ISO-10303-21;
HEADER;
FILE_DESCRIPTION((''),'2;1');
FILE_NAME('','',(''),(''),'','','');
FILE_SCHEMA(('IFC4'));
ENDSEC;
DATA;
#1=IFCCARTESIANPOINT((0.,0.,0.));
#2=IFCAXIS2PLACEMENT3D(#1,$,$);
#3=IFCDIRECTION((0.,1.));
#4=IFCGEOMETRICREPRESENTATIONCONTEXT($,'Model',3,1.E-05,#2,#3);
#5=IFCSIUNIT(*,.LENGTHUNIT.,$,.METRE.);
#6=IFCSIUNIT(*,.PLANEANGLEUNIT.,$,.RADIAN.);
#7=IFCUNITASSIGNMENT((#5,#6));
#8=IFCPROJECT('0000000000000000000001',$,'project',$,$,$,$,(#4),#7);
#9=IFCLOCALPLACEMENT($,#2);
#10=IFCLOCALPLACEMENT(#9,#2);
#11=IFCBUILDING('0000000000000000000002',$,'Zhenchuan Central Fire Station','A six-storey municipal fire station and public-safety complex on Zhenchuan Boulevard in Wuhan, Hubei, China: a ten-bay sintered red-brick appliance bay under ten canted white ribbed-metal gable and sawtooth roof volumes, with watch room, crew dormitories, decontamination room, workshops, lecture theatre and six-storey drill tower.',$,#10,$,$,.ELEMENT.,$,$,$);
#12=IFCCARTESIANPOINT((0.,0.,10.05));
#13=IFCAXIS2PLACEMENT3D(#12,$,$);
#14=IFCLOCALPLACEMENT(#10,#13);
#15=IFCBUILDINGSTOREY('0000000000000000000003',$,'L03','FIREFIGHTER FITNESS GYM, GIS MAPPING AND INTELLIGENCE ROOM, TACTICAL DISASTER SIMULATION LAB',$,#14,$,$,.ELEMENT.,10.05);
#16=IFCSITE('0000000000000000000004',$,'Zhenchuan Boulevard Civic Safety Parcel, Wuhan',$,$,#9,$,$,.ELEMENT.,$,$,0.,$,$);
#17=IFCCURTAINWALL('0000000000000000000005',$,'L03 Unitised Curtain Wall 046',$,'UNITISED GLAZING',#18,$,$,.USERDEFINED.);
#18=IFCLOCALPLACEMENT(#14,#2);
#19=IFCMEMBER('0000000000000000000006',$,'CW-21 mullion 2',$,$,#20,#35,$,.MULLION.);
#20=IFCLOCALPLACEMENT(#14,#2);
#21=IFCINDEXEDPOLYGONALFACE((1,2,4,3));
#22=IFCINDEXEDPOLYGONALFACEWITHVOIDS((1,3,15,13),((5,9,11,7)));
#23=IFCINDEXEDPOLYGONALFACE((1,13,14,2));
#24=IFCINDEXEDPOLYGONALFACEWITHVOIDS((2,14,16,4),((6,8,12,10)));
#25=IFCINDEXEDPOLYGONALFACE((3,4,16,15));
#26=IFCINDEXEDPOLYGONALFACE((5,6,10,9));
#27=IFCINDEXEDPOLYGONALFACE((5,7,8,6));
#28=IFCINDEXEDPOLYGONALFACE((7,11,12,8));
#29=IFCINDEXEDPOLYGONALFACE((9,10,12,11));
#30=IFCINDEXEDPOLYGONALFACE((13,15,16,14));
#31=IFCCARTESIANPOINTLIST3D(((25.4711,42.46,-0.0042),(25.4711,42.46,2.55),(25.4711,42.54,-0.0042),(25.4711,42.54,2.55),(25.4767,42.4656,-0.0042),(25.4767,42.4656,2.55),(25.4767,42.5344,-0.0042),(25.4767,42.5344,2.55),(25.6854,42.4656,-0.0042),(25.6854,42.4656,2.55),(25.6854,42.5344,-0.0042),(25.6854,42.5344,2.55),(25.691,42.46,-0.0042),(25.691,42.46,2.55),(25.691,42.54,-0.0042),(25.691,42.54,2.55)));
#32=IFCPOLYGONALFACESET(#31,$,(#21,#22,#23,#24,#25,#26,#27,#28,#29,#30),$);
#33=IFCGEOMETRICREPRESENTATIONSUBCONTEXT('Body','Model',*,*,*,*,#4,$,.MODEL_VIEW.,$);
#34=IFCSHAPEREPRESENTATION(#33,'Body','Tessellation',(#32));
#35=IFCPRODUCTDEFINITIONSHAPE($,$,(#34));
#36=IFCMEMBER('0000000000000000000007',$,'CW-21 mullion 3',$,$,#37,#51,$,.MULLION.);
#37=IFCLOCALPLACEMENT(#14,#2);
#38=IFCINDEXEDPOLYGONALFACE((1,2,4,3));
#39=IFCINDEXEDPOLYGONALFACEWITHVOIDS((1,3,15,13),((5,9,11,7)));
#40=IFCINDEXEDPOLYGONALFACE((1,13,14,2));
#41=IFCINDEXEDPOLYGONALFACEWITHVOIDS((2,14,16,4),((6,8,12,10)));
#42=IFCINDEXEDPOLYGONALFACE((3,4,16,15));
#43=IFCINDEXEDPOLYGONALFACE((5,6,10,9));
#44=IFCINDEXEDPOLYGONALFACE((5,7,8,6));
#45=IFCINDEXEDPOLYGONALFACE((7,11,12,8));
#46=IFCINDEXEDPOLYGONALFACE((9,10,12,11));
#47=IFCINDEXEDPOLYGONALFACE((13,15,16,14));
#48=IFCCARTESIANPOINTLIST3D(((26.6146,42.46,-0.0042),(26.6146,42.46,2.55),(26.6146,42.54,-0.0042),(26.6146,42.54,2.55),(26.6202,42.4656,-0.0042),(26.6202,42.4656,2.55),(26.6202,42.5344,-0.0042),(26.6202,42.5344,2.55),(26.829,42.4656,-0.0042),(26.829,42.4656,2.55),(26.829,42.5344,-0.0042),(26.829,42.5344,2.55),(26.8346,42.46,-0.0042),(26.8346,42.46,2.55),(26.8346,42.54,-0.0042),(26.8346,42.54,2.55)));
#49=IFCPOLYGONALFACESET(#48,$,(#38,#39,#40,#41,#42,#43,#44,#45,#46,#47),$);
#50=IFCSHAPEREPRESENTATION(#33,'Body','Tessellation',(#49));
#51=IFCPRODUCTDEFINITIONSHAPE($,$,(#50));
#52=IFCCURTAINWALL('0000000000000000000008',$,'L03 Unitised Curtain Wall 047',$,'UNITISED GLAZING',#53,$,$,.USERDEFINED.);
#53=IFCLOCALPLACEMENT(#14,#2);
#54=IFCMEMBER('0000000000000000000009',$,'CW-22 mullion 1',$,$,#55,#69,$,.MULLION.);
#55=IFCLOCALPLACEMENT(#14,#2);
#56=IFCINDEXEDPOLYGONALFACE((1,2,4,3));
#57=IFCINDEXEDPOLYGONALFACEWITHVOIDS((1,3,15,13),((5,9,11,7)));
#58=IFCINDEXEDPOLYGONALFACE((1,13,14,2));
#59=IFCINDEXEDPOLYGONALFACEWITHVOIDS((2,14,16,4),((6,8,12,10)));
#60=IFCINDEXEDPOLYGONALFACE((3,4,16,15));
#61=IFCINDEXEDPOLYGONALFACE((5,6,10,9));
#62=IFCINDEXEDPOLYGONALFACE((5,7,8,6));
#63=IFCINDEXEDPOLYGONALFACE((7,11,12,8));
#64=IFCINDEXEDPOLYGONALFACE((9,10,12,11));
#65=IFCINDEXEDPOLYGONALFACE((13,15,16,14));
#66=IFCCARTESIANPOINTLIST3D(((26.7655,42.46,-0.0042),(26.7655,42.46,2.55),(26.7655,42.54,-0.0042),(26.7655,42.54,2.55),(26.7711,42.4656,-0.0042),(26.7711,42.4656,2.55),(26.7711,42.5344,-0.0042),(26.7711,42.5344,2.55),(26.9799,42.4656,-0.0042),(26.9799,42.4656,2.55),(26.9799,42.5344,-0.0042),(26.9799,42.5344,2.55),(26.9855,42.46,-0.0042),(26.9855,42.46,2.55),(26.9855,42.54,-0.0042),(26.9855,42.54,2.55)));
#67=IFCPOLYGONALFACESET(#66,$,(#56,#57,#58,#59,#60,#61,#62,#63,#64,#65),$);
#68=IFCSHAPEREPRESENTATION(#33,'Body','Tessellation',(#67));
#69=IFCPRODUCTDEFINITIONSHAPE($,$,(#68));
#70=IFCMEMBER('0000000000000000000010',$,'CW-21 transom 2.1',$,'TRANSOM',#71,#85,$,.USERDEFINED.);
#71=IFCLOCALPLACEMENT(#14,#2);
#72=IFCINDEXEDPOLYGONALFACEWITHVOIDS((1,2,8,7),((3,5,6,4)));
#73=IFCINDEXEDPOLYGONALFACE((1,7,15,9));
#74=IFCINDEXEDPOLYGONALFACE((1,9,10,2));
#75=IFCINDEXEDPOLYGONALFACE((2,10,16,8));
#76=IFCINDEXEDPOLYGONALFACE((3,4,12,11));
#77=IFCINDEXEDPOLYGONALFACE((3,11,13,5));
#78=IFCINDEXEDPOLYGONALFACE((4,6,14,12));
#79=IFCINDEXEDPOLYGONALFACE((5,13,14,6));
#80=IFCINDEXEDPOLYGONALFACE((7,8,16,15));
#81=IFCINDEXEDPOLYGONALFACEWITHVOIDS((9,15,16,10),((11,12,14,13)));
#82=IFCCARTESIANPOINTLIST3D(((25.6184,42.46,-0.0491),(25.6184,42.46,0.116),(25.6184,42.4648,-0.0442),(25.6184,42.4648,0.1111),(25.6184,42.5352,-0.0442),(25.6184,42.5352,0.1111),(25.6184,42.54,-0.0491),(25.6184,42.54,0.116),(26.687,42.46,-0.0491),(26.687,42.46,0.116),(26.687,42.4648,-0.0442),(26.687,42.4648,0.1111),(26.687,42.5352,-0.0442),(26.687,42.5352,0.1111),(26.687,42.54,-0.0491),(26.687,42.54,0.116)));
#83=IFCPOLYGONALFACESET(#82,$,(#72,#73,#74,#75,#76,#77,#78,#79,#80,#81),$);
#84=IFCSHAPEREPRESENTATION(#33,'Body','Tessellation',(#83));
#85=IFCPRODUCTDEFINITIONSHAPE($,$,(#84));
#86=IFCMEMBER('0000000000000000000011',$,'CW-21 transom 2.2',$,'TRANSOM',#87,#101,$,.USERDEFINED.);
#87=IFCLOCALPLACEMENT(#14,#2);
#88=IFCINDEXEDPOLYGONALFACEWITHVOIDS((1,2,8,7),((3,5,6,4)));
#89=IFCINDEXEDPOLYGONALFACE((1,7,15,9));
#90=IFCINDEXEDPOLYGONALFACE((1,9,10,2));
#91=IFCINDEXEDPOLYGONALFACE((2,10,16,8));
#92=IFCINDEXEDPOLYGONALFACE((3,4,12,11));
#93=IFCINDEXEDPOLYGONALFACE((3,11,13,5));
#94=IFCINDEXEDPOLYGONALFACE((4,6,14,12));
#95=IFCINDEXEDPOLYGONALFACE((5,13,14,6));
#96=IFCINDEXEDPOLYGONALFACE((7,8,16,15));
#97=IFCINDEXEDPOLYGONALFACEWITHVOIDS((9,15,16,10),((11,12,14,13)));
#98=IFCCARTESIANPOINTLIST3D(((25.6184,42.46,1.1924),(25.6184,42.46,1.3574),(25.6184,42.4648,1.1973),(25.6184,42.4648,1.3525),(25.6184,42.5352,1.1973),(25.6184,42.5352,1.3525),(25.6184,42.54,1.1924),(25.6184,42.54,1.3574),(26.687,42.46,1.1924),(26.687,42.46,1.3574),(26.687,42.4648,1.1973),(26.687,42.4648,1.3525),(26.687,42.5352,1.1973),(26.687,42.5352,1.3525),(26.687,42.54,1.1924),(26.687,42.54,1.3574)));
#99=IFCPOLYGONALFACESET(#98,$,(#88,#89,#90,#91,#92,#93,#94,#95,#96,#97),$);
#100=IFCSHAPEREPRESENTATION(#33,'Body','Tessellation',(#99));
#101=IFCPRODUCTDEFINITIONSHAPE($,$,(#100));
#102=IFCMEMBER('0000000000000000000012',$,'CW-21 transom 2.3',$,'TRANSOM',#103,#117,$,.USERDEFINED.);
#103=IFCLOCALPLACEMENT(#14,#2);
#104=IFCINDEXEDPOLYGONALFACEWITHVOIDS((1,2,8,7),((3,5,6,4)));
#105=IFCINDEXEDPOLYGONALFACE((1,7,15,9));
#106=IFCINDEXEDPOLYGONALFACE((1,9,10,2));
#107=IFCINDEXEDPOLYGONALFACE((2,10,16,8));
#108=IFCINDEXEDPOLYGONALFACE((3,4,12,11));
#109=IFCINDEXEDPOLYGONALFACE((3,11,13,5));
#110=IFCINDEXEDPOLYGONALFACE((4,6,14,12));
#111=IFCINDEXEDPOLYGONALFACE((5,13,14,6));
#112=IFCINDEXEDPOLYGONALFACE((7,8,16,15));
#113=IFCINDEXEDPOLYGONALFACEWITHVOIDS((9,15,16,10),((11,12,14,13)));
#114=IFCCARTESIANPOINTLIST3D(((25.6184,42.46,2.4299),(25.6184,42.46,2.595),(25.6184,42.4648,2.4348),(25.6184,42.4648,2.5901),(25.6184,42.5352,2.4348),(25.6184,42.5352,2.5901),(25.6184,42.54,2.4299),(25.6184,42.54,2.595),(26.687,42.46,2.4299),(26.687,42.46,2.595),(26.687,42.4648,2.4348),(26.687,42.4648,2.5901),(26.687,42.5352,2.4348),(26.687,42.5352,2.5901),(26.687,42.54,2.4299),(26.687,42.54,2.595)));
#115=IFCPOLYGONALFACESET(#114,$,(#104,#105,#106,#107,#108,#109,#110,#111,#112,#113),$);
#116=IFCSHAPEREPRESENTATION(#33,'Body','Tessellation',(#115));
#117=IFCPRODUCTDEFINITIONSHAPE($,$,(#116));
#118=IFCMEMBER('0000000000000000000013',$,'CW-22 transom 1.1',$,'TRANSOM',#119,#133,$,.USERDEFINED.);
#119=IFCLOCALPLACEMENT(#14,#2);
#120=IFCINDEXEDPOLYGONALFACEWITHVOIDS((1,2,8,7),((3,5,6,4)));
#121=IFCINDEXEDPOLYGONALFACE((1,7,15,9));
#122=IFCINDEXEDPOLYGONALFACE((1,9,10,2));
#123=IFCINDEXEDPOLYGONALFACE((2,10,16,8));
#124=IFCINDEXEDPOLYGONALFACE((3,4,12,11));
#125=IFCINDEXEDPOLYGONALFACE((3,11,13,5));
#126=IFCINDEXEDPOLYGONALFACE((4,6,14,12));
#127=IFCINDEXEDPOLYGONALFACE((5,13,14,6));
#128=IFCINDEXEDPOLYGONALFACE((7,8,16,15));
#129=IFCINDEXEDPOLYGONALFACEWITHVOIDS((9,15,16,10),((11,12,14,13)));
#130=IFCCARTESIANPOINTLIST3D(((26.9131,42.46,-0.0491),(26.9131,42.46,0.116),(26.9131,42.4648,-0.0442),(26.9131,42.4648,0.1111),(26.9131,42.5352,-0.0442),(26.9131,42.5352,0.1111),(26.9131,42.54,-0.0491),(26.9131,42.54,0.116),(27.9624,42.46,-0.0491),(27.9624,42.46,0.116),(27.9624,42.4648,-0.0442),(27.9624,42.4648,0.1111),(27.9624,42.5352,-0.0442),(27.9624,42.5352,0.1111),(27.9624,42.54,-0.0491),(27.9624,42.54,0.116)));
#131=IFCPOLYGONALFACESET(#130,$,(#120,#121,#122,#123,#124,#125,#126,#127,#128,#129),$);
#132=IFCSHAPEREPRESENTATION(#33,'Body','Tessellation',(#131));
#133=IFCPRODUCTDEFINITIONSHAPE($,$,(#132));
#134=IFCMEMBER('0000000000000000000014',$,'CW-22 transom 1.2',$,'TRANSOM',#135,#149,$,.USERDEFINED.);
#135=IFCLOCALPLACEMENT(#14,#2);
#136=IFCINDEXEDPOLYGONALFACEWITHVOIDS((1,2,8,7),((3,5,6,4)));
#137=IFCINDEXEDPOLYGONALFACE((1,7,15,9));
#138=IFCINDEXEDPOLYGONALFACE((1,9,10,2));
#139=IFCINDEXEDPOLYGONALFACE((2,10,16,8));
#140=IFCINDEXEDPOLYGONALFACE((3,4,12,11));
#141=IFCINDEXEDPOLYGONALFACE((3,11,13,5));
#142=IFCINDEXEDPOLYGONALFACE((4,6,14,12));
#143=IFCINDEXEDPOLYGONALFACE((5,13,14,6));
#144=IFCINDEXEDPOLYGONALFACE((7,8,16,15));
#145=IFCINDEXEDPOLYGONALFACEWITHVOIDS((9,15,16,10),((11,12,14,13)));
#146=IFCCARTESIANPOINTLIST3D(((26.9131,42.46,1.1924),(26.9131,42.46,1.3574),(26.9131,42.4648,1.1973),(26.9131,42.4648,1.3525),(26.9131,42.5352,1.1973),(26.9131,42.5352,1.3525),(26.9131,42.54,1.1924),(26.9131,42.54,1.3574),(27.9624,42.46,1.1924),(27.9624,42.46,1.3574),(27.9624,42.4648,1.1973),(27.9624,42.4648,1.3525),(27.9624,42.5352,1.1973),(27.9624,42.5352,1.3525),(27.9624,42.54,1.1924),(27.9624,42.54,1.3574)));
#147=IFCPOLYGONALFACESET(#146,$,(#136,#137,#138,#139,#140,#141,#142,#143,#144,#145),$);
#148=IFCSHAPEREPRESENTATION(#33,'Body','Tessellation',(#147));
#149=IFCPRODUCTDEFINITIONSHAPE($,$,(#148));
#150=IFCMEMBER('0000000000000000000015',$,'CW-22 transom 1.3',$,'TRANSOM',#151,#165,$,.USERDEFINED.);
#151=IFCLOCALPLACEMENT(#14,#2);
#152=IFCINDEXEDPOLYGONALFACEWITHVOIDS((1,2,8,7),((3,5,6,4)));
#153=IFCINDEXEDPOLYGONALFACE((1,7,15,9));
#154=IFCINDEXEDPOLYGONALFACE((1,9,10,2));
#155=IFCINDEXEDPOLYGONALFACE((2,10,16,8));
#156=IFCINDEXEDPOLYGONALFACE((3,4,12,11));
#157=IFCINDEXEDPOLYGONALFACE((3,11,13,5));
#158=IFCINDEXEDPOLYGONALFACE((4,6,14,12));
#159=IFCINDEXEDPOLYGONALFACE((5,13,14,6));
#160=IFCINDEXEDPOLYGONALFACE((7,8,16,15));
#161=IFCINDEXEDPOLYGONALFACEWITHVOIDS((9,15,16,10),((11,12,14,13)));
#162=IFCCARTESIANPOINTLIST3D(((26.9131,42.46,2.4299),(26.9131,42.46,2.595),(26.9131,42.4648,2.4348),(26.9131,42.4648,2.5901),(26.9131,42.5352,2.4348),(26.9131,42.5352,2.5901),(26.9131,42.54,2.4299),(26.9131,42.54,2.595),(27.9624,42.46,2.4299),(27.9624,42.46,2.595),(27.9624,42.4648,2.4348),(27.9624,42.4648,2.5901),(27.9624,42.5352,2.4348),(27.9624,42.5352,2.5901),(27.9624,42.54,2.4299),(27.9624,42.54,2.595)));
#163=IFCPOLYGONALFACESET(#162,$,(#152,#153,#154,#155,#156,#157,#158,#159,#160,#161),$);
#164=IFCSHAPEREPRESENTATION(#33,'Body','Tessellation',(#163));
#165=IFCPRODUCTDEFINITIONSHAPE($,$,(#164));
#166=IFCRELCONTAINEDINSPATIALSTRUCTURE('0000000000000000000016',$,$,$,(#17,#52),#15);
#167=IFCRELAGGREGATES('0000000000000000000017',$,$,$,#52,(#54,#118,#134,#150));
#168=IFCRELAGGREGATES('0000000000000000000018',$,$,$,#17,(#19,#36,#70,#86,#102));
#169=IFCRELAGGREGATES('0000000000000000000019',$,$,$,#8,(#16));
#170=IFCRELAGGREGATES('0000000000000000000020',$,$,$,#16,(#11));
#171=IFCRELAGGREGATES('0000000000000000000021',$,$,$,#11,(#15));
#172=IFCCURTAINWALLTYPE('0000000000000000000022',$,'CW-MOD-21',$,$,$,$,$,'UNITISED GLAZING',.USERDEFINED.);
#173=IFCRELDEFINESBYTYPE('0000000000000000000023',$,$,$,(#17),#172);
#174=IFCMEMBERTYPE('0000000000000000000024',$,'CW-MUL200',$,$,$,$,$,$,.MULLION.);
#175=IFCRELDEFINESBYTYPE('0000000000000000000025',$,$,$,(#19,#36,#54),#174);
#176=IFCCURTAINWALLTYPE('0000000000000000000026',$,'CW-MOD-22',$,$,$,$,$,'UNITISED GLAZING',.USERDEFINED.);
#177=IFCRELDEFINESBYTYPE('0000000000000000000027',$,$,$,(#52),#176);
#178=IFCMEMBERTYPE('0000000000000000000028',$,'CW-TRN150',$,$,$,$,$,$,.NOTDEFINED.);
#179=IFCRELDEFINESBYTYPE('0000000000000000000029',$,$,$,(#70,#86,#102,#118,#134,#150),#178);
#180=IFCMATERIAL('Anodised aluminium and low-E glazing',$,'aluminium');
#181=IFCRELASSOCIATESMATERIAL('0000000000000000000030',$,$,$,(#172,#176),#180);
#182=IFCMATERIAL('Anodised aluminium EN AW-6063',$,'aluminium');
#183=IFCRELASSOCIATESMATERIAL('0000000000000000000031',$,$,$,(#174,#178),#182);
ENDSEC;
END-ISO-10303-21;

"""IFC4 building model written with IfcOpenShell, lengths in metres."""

from ifc_helpers import new_model, si_unit, direction, frame, origin, origin_2d, place, context, subcontext, project, spatial, hollow_rectangle, extrude, material, material_profile, profile_set, type_object, element, aggregate, save


model = new_model("IFC4")

# Units and contexts
model_context = context("Model", 3, precision=1e-05, world=origin(), true_north=direction((0.0, 1.0)))
body_context = subcontext(model_context, "Body", "Model", "MODEL_VIEW")
ifc_project = project(units=[si_unit("LENGTHUNIT", "METRE"), si_unit("PLANEANGLEUNIT", "RADIAN")], contexts=[model_context])

# Site, building, storey
site_placement = place(None, origin())
site = spatial("IfcSite", under=ifc_project, at=site_placement, Name="Zhenchuan Boulevard Civic Safety Parcel, Wuhan", CompositionType="ELEMENT", RefElevation=0.0)
building_placement = place(site_placement, origin())
building = spatial("IfcBuilding", under=site, at=building_placement, Name="Zhenchuan Central Fire Station", Description="A six-storey municipal fire station and public-safety complex on Zhenchuan Boulevard in Wuhan, Hubei, China: a ten-bay sintered red-brick appliance bay under ten canted white ribbed-metal gable and sawtooth roof volumes, with watch room, crew dormitories, decontamination room, workshops, lecture theatre and six-storey drill tower.", CompositionType="ELEMENT")
storey_placement = place(building_placement, frame((0.0, 0.0, 10.05)))
storey = spatial("IfcBuildingStorey", under=building, at=storey_placement, Name="L03", Description="FIREFIGHTER FITNESS GYM, GIS MAPPING AND INTELLIGENCE ROOM, TACTICAL DISASTER SIMULATION LAB", CompositionType="ELEMENT", Elevation=10.05)

# Curtain wall, members
ifc_material_1 = material(Name="Anodised aluminium and low-E glazing", Category="aluminium")
curtain_wall_type_1 = type_object("IfcCurtainWallType", Name="CW-MOD-21", ElementType="UNITISED GLAZING", PredefinedType="USERDEFINED", material=ifc_material_1)
curtain_wall_1_placement = place(storey_placement, origin())
curtain_wall_1 = element("IfcCurtainWall", 1, at=curtain_wall_1_placement, inside=storey, type_object=curtain_wall_type_1, Name="L03 Unitised Curtain Wall 046", ObjectType="UNITISED GLAZING", PredefinedType="USERDEFINED")
ifc_material_2 = material(Name="Anodised aluminium EN AW-6063", Category="aluminium")
ifc_material_profile_1 = material_profile(ifc_material_2, hollow_rectangle(XDim=0.0801, YDim=0.22, WallThickness=0.0056, at=origin_2d()), Name="ALU-M 220x80")
ifc_profile_set_1 = profile_set([ifc_material_profile_1], Name="Anodised aluminium EN AW-6063")
member_type_1 = type_object("IfcMemberType", Name="CW-MUL200", PredefinedType="MULLION", material=ifc_profile_set_1)
member_1_placement = place(storey_placement, frame((25.5811, 42.5, -0.0042), z_axis=(0.0, 0.0, 1.0), x_axis=(0.0, 1.0, 0.0)))
member_1 = element("IfcMember", 2, at=member_1_placement, type_object=member_type_1, Name="CW-21 mullion 2", PredefinedType="MULLION", context=body_context, shape_type="SweptSolid", body=[
    extrude(hollow_rectangle(XDim=0.0801, YDim=0.22, WallThickness=0.0056, at=origin_2d()), origin(), (0.0, 0.0, 1.0), 2.5542),
])
member_2_placement = place(storey_placement, frame((26.7246, 42.5, -0.0042), z_axis=(0.0, 0.0, 1.0), x_axis=(0.0, 1.0, 0.0)))
member_2 = element("IfcMember", 3, at=member_2_placement, type_object=member_type_1, Name="CW-21 mullion 3", PredefinedType="MULLION", context=body_context, shape_type="SweptSolid", body=[
    extrude(hollow_rectangle(XDim=0.0801, YDim=0.22, WallThickness=0.0056, at=origin_2d()), origin(), (0.0, 0.0, 1.0), 2.5542),
])

# Curtain wall, member
curtain_wall_type_2 = type_object("IfcCurtainWallType", Name="CW-MOD-22", ElementType="UNITISED GLAZING", PredefinedType="USERDEFINED", material=ifc_material_1)
curtain_wall_2_placement = place(storey_placement, origin())
curtain_wall_2 = element("IfcCurtainWall", 4, at=curtain_wall_2_placement, inside=storey, type_object=curtain_wall_type_2, Name="L03 Unitised Curtain Wall 047", ObjectType="UNITISED GLAZING", PredefinedType="USERDEFINED")
member_3_placement = place(storey_placement, frame((26.8755, 42.5, -0.0042), z_axis=(0.0, 0.0, 1.0), x_axis=(0.0, 1.0, 0.0)))
member_3 = element("IfcMember", 5, at=member_3_placement, type_object=member_type_1, Name="CW-22 mullion 1", PredefinedType="MULLION", context=body_context, shape_type="SweptSolid", body=[
    extrude(hollow_rectangle(XDim=0.0801, YDim=0.22, WallThickness=0.0056, at=origin_2d()), origin(), (0.0, 0.0, 1.0), 2.5542),
])

# Members
ifc_material_profile_2 = material_profile(ifc_material_2, hollow_rectangle(XDim=0.0801, YDim=0.165, WallThickness=0.0049, at=origin_2d()), Name="ALU-T 165x80")
ifc_profile_set_2 = profile_set([ifc_material_profile_2], Name="Anodised aluminium EN AW-6063")
member_type_2 = type_object("IfcMemberType", Name="CW-TRN150", PredefinedType="NOTDEFINED", material=ifc_profile_set_2)
member_4_placement = place(storey_placement, frame((25.6184, 42.5, 0.0334), z_axis=(1.0, 0.0, 0.0), x_axis=(0.0, 1.0, 0.0)))
member_4 = element("IfcMember", 6, at=member_4_placement, type_object=member_type_2, Name="CW-21 transom 2.1", ObjectType="TRANSOM", PredefinedType="USERDEFINED", context=body_context, shape_type="SweptSolid", body=[
    extrude(hollow_rectangle(XDim=0.0801, YDim=0.165, WallThickness=0.0049, at=origin_2d()), origin(), (0.0, 0.0, 1.0), 1.0686),
])
member_5_placement = place(storey_placement, frame((25.6184, 42.5, 1.2749), z_axis=(1.0, 0.0, 0.0), x_axis=(0.0, 1.0, 0.0)))
member_5 = element("IfcMember", 7, at=member_5_placement, type_object=member_type_2, Name="CW-21 transom 2.2", ObjectType="TRANSOM", PredefinedType="USERDEFINED", context=body_context, shape_type="SweptSolid", body=[
    extrude(hollow_rectangle(XDim=0.0801, YDim=0.165, WallThickness=0.0049, at=origin_2d()), origin(), (0.0, 0.0, 1.0), 1.0686),
])
member_6_placement = place(storey_placement, frame((25.6184, 42.5, 2.5125), z_axis=(1.0, 0.0, 0.0), x_axis=(0.0, 1.0, 0.0)))
member_6 = element("IfcMember", 8, at=member_6_placement, type_object=member_type_2, Name="CW-21 transom 2.3", ObjectType="TRANSOM", PredefinedType="USERDEFINED", context=body_context, shape_type="SweptSolid", body=[
    extrude(hollow_rectangle(XDim=0.0801, YDim=0.165, WallThickness=0.0049, at=origin_2d()), origin(), (0.0, 0.0, 1.0), 1.0686),
])
member_7_placement = place(storey_placement, frame((26.9131, 42.5, 0.0334), z_axis=(1.0, 0.0, 0.0), x_axis=(0.0, 1.0, 0.0)))
member_7 = element("IfcMember", 9, at=member_7_placement, type_object=member_type_2, Name="CW-22 transom 1.1", ObjectType="TRANSOM", PredefinedType="USERDEFINED", context=body_context, shape_type="SweptSolid", body=[
    extrude(hollow_rectangle(XDim=0.0801, YDim=0.165, WallThickness=0.0049, at=origin_2d()), origin(), (0.0, 0.0, 1.0), 1.0493),
])
member_8_placement = place(storey_placement, frame((26.9131, 42.5, 1.2749), z_axis=(1.0, 0.0, 0.0), x_axis=(0.0, 1.0, 0.0)))
member_8 = element("IfcMember", 10, at=member_8_placement, type_object=member_type_2, Name="CW-22 transom 1.2", ObjectType="TRANSOM", PredefinedType="USERDEFINED", context=body_context, shape_type="SweptSolid", body=[
    extrude(hollow_rectangle(XDim=0.0801, YDim=0.165, WallThickness=0.0049, at=origin_2d()), origin(), (0.0, 0.0, 1.0), 1.0493),
])
member_9_placement = place(storey_placement, frame((26.9131, 42.5, 2.5125), z_axis=(1.0, 0.0, 0.0), x_axis=(0.0, 1.0, 0.0)))
member_9 = element("IfcMember", 11, at=member_9_placement, type_object=member_type_2, Name="CW-22 transom 1.3", ObjectType="TRANSOM", PredefinedType="USERDEFINED", context=body_context, shape_type="SweptSolid", body=[
    extrude(hollow_rectangle(XDim=0.0801, YDim=0.165, WallThickness=0.0049, at=origin_2d()), origin(), (0.0, 0.0, 1.0), 1.0493),
])
aggregate(curtain_wall_2, [member_3, member_7, member_8, member_9])

aggregate(curtain_wall_1, [member_1, member_2, member_4, member_5, member_6])

save(model, "model.ifc")
